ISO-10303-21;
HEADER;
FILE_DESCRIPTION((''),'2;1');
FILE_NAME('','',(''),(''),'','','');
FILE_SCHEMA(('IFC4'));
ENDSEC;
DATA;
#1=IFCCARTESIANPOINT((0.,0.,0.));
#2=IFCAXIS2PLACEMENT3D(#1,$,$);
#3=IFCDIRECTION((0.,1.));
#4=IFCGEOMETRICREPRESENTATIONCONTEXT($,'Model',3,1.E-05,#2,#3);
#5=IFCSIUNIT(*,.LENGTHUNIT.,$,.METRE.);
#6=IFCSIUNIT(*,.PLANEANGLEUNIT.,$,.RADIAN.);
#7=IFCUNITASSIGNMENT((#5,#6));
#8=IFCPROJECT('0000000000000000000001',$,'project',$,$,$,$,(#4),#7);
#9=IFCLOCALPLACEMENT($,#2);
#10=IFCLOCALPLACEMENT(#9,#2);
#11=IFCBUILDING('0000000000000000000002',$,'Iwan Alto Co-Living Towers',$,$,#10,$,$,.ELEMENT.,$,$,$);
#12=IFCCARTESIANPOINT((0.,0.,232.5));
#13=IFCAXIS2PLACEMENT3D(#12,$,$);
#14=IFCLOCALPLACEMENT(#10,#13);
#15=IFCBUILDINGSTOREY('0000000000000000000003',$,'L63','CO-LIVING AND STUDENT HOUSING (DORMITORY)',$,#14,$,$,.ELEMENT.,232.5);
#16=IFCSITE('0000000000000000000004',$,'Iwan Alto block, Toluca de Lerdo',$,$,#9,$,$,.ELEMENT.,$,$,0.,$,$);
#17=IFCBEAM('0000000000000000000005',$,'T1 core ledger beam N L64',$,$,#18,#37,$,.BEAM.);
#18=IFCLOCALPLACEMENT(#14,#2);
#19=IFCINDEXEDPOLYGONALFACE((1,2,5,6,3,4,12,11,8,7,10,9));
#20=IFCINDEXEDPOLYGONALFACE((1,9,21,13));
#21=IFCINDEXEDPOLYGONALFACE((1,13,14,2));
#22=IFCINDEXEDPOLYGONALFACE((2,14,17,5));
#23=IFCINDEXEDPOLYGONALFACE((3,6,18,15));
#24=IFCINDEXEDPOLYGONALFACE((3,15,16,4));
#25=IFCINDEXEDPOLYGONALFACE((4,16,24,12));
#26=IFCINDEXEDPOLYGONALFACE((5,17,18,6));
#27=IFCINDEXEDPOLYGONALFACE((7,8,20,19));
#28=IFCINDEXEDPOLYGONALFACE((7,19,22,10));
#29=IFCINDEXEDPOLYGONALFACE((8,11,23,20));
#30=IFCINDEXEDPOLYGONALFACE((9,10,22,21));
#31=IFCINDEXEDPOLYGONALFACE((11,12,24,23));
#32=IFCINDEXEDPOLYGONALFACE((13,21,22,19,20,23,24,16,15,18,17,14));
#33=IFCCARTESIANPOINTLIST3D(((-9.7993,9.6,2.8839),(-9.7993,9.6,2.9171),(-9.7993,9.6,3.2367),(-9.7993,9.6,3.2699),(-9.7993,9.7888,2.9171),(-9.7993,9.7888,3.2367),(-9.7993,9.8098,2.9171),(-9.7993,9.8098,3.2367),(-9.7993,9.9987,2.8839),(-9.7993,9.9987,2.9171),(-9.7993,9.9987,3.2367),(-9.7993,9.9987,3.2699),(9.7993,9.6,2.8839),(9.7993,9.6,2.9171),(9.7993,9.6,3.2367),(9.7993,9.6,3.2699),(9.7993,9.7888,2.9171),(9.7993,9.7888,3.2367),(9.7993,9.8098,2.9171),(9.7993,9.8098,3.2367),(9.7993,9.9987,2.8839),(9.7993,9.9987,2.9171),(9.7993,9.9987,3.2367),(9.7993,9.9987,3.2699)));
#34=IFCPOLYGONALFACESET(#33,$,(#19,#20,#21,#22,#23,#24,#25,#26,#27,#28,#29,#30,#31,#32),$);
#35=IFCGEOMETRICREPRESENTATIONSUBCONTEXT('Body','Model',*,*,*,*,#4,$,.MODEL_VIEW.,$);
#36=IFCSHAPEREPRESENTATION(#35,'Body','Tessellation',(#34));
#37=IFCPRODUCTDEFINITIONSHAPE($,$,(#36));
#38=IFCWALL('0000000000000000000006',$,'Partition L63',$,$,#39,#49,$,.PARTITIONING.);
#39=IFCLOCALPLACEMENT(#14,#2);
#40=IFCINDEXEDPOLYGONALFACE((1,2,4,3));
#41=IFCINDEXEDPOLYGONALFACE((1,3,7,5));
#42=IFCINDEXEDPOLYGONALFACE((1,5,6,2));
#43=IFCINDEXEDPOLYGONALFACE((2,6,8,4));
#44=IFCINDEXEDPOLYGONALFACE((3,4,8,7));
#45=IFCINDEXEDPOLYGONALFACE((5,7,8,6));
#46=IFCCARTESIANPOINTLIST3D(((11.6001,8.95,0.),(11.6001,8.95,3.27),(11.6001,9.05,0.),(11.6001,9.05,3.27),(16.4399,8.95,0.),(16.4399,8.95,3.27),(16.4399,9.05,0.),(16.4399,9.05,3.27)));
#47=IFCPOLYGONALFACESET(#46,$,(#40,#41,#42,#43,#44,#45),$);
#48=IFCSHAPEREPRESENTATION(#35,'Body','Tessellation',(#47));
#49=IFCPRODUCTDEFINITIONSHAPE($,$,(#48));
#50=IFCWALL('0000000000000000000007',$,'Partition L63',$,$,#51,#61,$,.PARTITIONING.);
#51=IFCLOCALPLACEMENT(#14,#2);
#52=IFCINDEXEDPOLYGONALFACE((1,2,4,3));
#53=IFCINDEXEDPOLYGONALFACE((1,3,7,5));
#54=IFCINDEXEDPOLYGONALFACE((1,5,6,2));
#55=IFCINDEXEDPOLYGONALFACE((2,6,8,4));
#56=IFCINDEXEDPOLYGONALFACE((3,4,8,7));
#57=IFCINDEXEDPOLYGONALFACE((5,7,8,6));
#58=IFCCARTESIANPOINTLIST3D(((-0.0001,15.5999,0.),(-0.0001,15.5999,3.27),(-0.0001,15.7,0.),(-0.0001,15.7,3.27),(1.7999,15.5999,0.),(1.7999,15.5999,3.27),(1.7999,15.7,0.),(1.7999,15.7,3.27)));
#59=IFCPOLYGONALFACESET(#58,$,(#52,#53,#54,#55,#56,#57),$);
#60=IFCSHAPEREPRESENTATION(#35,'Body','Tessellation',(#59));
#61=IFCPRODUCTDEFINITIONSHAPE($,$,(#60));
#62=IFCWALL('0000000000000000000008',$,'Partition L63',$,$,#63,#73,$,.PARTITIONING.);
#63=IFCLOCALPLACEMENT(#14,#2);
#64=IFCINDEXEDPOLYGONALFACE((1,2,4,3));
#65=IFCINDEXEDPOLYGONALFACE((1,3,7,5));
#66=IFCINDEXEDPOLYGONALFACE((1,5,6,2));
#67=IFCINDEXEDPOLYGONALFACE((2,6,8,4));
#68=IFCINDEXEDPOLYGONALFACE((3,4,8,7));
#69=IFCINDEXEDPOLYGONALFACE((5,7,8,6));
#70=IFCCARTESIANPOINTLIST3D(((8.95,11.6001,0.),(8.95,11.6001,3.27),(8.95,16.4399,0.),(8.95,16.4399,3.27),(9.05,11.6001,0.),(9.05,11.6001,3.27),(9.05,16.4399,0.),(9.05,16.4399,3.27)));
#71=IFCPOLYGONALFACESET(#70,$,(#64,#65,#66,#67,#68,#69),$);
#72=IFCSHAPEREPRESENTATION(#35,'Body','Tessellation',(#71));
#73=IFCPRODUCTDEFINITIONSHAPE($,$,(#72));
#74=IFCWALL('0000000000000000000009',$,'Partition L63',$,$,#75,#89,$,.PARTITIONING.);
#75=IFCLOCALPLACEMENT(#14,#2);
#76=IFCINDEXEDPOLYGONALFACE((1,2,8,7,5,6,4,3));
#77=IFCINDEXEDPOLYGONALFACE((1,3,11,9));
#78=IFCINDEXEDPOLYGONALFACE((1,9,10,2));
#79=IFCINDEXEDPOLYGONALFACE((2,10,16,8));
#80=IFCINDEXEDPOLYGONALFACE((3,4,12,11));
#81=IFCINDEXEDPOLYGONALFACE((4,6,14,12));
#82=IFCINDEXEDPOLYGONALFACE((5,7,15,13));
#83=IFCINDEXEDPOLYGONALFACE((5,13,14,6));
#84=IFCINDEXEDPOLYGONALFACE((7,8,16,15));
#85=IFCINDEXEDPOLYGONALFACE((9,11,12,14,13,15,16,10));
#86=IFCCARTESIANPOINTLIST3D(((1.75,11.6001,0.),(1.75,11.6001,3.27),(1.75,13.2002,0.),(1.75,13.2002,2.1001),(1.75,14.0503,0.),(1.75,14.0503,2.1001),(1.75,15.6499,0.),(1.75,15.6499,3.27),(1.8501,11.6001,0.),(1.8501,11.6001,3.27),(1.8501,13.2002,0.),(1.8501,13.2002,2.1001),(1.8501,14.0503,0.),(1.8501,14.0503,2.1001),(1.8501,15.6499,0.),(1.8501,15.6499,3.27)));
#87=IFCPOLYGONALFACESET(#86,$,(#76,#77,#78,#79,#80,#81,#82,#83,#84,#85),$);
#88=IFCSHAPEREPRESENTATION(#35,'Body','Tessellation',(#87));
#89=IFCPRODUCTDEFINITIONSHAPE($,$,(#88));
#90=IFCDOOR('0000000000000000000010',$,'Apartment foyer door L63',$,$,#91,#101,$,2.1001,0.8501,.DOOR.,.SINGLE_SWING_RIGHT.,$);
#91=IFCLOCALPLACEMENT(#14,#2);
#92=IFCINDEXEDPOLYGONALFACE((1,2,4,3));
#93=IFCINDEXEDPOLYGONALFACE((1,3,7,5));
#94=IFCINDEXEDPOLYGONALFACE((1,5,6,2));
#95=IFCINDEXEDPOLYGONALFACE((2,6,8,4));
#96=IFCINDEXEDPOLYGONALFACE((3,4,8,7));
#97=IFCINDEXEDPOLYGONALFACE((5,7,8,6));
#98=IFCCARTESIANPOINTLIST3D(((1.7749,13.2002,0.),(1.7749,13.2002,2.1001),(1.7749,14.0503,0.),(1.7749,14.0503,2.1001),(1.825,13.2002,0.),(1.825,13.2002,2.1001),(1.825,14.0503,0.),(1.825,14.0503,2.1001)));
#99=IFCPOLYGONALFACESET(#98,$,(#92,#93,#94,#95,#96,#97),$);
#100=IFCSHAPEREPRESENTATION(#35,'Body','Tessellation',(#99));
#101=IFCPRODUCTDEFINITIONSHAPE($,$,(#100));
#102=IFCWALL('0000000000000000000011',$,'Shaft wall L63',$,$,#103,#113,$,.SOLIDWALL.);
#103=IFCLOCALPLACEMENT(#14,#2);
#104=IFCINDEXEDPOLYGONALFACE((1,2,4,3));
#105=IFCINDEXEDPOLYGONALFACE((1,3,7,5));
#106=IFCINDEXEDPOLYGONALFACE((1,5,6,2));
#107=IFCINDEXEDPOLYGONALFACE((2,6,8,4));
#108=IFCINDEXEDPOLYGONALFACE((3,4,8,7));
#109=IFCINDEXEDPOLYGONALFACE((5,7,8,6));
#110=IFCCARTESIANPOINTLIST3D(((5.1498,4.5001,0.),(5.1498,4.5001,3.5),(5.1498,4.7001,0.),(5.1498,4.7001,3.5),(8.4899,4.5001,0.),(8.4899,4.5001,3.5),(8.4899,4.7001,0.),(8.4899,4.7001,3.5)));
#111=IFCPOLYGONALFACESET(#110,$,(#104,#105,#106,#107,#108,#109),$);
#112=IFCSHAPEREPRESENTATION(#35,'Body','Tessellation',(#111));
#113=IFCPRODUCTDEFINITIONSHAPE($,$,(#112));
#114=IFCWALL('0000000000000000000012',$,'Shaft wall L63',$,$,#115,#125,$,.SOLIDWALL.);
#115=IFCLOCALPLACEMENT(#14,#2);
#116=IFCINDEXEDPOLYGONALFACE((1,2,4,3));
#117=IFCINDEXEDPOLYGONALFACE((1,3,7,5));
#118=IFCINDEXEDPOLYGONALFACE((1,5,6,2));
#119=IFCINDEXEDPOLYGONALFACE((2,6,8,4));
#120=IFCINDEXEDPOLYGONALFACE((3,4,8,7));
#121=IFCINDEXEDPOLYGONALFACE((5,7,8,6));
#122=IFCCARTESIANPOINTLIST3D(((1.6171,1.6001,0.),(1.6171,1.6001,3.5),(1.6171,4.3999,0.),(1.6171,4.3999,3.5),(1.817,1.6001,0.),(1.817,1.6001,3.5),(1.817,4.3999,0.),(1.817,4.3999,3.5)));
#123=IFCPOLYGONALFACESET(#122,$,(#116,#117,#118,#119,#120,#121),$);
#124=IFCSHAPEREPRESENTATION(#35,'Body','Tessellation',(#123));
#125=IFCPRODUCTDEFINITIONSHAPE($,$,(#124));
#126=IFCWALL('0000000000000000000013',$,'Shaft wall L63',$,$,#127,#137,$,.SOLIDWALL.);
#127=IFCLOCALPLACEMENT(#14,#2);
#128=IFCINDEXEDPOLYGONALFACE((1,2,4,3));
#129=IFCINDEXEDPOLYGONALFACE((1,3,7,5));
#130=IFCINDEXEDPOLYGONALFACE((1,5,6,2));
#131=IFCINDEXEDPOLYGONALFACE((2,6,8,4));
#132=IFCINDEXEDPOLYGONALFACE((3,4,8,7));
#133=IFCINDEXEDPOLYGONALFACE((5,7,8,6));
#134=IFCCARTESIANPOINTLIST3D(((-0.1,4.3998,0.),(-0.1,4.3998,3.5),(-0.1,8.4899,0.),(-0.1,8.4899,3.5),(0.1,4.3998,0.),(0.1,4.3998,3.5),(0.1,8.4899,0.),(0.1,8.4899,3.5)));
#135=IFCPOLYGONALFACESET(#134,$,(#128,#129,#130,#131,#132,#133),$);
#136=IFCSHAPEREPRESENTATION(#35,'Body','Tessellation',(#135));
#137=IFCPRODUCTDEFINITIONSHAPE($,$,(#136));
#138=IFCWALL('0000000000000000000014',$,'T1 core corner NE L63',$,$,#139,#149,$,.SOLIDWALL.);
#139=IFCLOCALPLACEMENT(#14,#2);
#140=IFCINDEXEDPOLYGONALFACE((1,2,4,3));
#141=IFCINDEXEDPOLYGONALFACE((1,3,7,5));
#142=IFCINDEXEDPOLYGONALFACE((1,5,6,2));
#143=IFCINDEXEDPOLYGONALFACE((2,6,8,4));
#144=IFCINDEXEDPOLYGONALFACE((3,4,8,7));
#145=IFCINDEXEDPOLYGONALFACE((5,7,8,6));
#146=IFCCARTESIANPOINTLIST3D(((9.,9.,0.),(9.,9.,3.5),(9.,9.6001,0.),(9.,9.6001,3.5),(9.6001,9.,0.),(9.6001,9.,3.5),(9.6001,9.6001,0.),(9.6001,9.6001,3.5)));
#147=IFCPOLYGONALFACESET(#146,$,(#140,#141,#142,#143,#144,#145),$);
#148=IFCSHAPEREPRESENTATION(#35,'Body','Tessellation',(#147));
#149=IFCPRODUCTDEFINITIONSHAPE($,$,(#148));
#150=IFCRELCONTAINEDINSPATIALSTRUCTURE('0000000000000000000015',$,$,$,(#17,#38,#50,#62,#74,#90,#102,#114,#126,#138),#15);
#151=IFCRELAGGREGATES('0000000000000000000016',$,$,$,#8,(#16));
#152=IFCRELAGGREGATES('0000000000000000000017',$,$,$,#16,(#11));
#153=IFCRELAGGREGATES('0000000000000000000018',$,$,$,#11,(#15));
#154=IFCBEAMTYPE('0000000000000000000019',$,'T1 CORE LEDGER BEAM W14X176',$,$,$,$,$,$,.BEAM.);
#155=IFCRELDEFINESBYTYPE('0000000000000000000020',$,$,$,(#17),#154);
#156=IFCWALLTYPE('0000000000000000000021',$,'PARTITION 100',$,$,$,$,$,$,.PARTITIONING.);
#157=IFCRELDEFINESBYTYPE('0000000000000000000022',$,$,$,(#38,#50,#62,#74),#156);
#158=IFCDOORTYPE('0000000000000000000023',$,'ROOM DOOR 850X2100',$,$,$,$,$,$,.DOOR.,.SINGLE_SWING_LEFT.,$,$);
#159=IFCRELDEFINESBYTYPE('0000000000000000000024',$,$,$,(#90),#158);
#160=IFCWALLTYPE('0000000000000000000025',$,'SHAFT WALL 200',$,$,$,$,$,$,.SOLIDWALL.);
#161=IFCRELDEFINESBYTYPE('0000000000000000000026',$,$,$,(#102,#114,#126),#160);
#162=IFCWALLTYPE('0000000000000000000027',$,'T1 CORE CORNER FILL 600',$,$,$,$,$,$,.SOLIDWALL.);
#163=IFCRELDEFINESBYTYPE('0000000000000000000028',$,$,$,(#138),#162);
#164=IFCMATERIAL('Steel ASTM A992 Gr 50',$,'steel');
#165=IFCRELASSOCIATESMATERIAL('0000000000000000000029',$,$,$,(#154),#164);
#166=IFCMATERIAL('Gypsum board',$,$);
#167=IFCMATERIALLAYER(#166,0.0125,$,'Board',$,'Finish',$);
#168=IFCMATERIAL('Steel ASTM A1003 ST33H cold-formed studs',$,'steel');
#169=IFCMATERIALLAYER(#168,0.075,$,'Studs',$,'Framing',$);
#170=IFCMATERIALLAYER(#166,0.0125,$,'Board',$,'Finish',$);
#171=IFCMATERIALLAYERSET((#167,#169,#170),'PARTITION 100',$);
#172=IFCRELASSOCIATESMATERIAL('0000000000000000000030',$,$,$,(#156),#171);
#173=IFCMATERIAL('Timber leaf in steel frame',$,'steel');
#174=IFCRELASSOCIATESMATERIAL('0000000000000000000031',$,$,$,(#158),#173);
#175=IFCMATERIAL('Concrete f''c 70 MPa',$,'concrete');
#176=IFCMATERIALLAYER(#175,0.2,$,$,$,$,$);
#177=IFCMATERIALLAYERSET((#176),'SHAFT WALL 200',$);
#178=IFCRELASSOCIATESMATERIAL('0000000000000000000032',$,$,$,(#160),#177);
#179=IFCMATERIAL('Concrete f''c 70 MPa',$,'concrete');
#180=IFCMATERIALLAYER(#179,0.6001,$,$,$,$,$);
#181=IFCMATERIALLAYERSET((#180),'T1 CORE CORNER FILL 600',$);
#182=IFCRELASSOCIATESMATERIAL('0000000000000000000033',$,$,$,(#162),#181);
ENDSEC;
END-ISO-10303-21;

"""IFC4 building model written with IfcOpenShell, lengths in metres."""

from ifc_helpers import new_model, si_unit, direction, frame, frame_2d, origin, origin_2d, place, context, subcontext, project, spatial, rectangle, i_section, extrude, material, layer, layer_set, material_profile, profile_set, type_object, element, fill, save


model = new_model("IFC4")

# Units and contexts
model_context = context("Model", 3, precision=1e-05, world=origin(), true_north=direction((0.0, 1.0)))
body_context = subcontext(model_context, "Body", "Model", "MODEL_VIEW")
ifc_project = project(units=[si_unit("LENGTHUNIT", "METRE"), si_unit("PLANEANGLEUNIT", "RADIAN")], contexts=[model_context])

# Site, building, storey
site_placement = place(None, origin())
site = spatial("IfcSite", under=ifc_project, at=site_placement, Name="Iwan Alto block, Toluca de Lerdo", CompositionType="ELEMENT", RefElevation=0.0)
building_placement = place(site_placement, origin())
building = spatial("IfcBuilding", under=site, at=building_placement, Name="Iwan Alto Co-Living Towers", CompositionType="ELEMENT")
storey_placement = place(building_placement, frame((0.0, 0.0, 232.5)))
storey = spatial("IfcBuildingStorey", under=building, at=storey_placement, Name="L63", Description="CO-LIVING AND STUDENT HOUSING (DORMITORY)", CompositionType="ELEMENT", Elevation=232.5)

# Beam
ifc_material_1 = material(Name="Steel ASTM A992 Gr 50", Category="steel")
ifc_material_profile = material_profile(ifc_material_1, i_section(OverallWidth=0.3987, OverallDepth=0.386, WebThickness=0.021, FlangeThickness=0.0332, at=origin_2d()), Name="W14X176")
ifc_profile_set = profile_set([ifc_material_profile], Name="Steel ASTM A992 Gr 50")
beam_type = type_object("IfcBeamType", Name="T1 CORE LEDGER BEAM W14X176", PredefinedType="BEAM", material=ifc_profile_set)
beam_placement = place(storey_placement, frame((9.7993, 9.7993, 3.0769), z_axis=(-1.0, 0.0, 0.0), x_axis=(0.0, -1.0, 0.0)))
element("IfcBeam", 1, at=beam_placement, inside=storey, type_object=beam_type, Name="T1 core ledger beam N L64", PredefinedType="BEAM", context=body_context, shape_type="SweptSolid", body=[
    extrude(i_section(OverallWidth=0.3987, OverallDepth=0.386, WebThickness=0.021, FlangeThickness=0.0332, at=origin_2d()), origin(), (0.0, 0.0, 1.0), 19.5986),
])

# Walls
ifc_material_2 = material(Name="Gypsum board")
ifc_layer_1 = layer(ifc_material_2, 0.0125, Name="Board", Category="Finish")
ifc_material_3 = material(Name="Steel ASTM A1003 ST33H cold-formed studs", Category="steel")
ifc_layer_2 = layer(ifc_material_3, 0.075, Name="Studs", Category="Framing")
ifc_layer_3 = layer(ifc_material_2, 0.0125, Name="Board", Category="Finish")
ifc_layer_set_1 = layer_set([ifc_layer_1, ifc_layer_2, ifc_layer_3], Name="PARTITION 100")
wall_type_1 = type_object("IfcWallType", Name="PARTITION 100", PredefinedType="PARTITIONING", material=ifc_layer_set_1)
wall_1_placement = place(storey_placement, frame((11.6001, 9.0, 0.0), z_axis=(0.0, 0.0, 1.0), x_axis=(1.0, 0.0, 0.0)))
element("IfcWall", 2, at=wall_1_placement, inside=storey, type_object=wall_type_1, Name="Partition L63", PredefinedType="PARTITIONING", context=body_context, shape_type="SweptSolid", body=[
    extrude(rectangle(XDim=4.8398, YDim=0.1001, at=frame_2d((2.4199, 0.0))), origin(), (0.0, 0.0, 1.0), 3.27),
])
wall_2_placement = place(storey_placement, frame((0.0, 15.6499, 0.0), z_axis=(0.0, 0.0, 1.0), x_axis=(1.0, 0.0, 0.0)))
element("IfcWall", 3, at=wall_2_placement, inside=storey, type_object=wall_type_1, Name="Partition L63", PredefinedType="PARTITIONING", context=body_context, shape_type="SweptSolid", body=[
    extrude(rectangle(XDim=1.8, YDim=0.1001, at=frame_2d((0.8999, 0.0))), origin(), (0.0, 0.0, 1.0), 3.27),
])
wall_3_placement = place(storey_placement, frame((9.0, 11.6001, 0.0), z_axis=(0.0, 0.0, 1.0), x_axis=(0.0, 1.0, 0.0)))
element("IfcWall", 4, at=wall_3_placement, inside=storey, type_object=wall_type_1, Name="Partition L63", PredefinedType="PARTITIONING", context=body_context, shape_type="SweptSolid", body=[
    extrude(rectangle(XDim=4.8398, YDim=0.1001, at=frame_2d((2.4199, 0.0))), origin(), (0.0, 0.0, 1.0), 3.27),
])

# Wall, opening, door
wall_4_placement = place(storey_placement, frame((1.8, 11.6001, 0.0), z_axis=(0.0, 0.0, 1.0), x_axis=(0.0, 1.0, 0.0)))
wall_4 = element("IfcWall", 5, at=wall_4_placement, inside=storey, type_object=wall_type_1, Name="Partition L63", PredefinedType="PARTITIONING", context=body_context, shape_type="SweptSolid", body=[
    extrude(rectangle(XDim=4.0498, YDim=0.1001, at=frame_2d((2.0249, 0.0))), origin(), (0.0, 0.0, 1.0), 3.27),
])
opening_1_placement = place(wall_4_placement, frame((1.6001, 0.0, 0.0)))
opening_1 = element("IfcOpeningElement", 6, at=opening_1_placement, cuts=wall_4, PredefinedType="OPENING", context=body_context, shape_type="SweptSolid", body=[
    extrude(rectangle(XDim=0.8501, YDim=2.1001, at=frame_2d((0.425, 1.05))), frame((0.0, 0.0601, 0.0), z_axis=(0.0, -1.0, 0.0), x_axis=(1.0, 0.0, 0.0)), (0.0, 0.0, 1.0), 0.1201),
])
ifc_material_4 = material(Name="Timber leaf in steel frame", Category="steel")
door_type_1 = type_object("IfcDoorType", Name="ROOM DOOR 850X2100", OperationType="SINGLE_SWING_LEFT", PredefinedType="DOOR", material=ifc_material_4)
door_1_placement = place(opening_1_placement, frame((0.8501, 0.0, 0.0), z_axis=(0.0, 0.0, 1.0), x_axis=(-1.0, 0.0, 0.0)))
door_1 = element("IfcDoor", 7, at=door_1_placement, inside=storey, type_object=door_type_1, Name="Apartment foyer door L63", OperationType="SINGLE_SWING_RIGHT", OverallHeight=2.1001, OverallWidth=0.8501, PredefinedType="DOOR", context=body_context, shape_type="SweptSolid", body=[
    extrude(rectangle(XDim=0.8501, YDim=2.1001, at=frame_2d((0.425, 1.05))), frame((0.0, 0.0249, 0.0), z_axis=(0.0, -1.0, 0.0), x_axis=(1.0, 0.0, 0.0)), (0.0, 0.0, 1.0), 0.05),
])
fill(opening_1, door_1)

# Walls
ifc_material_5 = material(Name="Concrete f'c 70 MPa", Category="concrete")
ifc_layer_4 = layer(ifc_material_5, 0.2)
ifc_layer_set_2 = layer_set([ifc_layer_4], Name="SHAFT WALL 200")
wall_type_2 = type_object("IfcWallType", Name="SHAFT WALL 200", PredefinedType="SOLIDWALL", material=ifc_layer_set_2)
wall_5_placement = place(storey_placement, frame((5.1499, 4.6001, 0.0), z_axis=(0.0, 0.0, 1.0), x_axis=(1.0, 0.0, 0.0)))
element("IfcWall", 8, at=wall_5_placement, inside=storey, type_object=wall_type_2, Name="Shaft wall L63", PredefinedType="SOLIDWALL", context=body_context, shape_type="SweptSolid", body=[
    extrude(rectangle(XDim=3.3401, YDim=0.2, at=frame_2d((1.6699, 0.0))), origin(), (0.0, 0.0, 1.0), 3.5),
])
wall_6_placement = place(storey_placement, frame((1.717, 1.6001, 0.0), z_axis=(0.0, 0.0, 1.0), x_axis=(0.0, 1.0, 0.0)))
element("IfcWall", 9, at=wall_6_placement, inside=storey, type_object=wall_type_2, Name="Shaft wall L63", PredefinedType="SOLIDWALL", context=body_context, shape_type="SweptSolid", body=[
    extrude(rectangle(XDim=2.7998, YDim=0.2, at=frame_2d((1.3999, 0.0))), origin(), (0.0, 0.0, 1.0), 3.5),
])
wall_7_placement = place(storey_placement, frame((0.0, 4.3999, 0.0), z_axis=(0.0, 0.0, 1.0), x_axis=(0.0, 1.0, 0.0)))
element("IfcWall", 10, at=wall_7_placement, inside=storey, type_object=wall_type_2, Name="Shaft wall L63", PredefinedType="SOLIDWALL", context=body_context, shape_type="SweptSolid", body=[
    extrude(rectangle(XDim=4.0901, YDim=0.2, at=frame_2d((2.0449, 0.0))), origin(), (0.0, 0.0, 1.0), 3.5),
])
ifc_material_6 = material(Name="Concrete f'c 70 MPa", Category="concrete")
ifc_layer_5 = layer(ifc_material_6, 0.6001)
ifc_layer_set_3 = layer_set([ifc_layer_5], Name="T1 CORE CORNER FILL 600")
wall_type_3 = type_object("IfcWallType", Name="T1 CORE CORNER FILL 600", PredefinedType="SOLIDWALL", material=ifc_layer_set_3)
wall_8_placement = place(storey_placement, frame((9.0, 9.3, 0.0), z_axis=(0.0, 0.0, 1.0), x_axis=(1.0, 0.0, 0.0)))
element("IfcWall", 11, at=wall_8_placement, inside=storey, type_object=wall_type_3, Name="T1 core corner NE L63", PredefinedType="SOLIDWALL", context=body_context, shape_type="SweptSolid", body=[
    extrude(rectangle(XDim=0.6001, YDim=0.6001, at=frame_2d((0.3, 0.0))), origin(), (0.0, 0.0, 1.0), 3.5),
])

save(model, "model.ifc")
